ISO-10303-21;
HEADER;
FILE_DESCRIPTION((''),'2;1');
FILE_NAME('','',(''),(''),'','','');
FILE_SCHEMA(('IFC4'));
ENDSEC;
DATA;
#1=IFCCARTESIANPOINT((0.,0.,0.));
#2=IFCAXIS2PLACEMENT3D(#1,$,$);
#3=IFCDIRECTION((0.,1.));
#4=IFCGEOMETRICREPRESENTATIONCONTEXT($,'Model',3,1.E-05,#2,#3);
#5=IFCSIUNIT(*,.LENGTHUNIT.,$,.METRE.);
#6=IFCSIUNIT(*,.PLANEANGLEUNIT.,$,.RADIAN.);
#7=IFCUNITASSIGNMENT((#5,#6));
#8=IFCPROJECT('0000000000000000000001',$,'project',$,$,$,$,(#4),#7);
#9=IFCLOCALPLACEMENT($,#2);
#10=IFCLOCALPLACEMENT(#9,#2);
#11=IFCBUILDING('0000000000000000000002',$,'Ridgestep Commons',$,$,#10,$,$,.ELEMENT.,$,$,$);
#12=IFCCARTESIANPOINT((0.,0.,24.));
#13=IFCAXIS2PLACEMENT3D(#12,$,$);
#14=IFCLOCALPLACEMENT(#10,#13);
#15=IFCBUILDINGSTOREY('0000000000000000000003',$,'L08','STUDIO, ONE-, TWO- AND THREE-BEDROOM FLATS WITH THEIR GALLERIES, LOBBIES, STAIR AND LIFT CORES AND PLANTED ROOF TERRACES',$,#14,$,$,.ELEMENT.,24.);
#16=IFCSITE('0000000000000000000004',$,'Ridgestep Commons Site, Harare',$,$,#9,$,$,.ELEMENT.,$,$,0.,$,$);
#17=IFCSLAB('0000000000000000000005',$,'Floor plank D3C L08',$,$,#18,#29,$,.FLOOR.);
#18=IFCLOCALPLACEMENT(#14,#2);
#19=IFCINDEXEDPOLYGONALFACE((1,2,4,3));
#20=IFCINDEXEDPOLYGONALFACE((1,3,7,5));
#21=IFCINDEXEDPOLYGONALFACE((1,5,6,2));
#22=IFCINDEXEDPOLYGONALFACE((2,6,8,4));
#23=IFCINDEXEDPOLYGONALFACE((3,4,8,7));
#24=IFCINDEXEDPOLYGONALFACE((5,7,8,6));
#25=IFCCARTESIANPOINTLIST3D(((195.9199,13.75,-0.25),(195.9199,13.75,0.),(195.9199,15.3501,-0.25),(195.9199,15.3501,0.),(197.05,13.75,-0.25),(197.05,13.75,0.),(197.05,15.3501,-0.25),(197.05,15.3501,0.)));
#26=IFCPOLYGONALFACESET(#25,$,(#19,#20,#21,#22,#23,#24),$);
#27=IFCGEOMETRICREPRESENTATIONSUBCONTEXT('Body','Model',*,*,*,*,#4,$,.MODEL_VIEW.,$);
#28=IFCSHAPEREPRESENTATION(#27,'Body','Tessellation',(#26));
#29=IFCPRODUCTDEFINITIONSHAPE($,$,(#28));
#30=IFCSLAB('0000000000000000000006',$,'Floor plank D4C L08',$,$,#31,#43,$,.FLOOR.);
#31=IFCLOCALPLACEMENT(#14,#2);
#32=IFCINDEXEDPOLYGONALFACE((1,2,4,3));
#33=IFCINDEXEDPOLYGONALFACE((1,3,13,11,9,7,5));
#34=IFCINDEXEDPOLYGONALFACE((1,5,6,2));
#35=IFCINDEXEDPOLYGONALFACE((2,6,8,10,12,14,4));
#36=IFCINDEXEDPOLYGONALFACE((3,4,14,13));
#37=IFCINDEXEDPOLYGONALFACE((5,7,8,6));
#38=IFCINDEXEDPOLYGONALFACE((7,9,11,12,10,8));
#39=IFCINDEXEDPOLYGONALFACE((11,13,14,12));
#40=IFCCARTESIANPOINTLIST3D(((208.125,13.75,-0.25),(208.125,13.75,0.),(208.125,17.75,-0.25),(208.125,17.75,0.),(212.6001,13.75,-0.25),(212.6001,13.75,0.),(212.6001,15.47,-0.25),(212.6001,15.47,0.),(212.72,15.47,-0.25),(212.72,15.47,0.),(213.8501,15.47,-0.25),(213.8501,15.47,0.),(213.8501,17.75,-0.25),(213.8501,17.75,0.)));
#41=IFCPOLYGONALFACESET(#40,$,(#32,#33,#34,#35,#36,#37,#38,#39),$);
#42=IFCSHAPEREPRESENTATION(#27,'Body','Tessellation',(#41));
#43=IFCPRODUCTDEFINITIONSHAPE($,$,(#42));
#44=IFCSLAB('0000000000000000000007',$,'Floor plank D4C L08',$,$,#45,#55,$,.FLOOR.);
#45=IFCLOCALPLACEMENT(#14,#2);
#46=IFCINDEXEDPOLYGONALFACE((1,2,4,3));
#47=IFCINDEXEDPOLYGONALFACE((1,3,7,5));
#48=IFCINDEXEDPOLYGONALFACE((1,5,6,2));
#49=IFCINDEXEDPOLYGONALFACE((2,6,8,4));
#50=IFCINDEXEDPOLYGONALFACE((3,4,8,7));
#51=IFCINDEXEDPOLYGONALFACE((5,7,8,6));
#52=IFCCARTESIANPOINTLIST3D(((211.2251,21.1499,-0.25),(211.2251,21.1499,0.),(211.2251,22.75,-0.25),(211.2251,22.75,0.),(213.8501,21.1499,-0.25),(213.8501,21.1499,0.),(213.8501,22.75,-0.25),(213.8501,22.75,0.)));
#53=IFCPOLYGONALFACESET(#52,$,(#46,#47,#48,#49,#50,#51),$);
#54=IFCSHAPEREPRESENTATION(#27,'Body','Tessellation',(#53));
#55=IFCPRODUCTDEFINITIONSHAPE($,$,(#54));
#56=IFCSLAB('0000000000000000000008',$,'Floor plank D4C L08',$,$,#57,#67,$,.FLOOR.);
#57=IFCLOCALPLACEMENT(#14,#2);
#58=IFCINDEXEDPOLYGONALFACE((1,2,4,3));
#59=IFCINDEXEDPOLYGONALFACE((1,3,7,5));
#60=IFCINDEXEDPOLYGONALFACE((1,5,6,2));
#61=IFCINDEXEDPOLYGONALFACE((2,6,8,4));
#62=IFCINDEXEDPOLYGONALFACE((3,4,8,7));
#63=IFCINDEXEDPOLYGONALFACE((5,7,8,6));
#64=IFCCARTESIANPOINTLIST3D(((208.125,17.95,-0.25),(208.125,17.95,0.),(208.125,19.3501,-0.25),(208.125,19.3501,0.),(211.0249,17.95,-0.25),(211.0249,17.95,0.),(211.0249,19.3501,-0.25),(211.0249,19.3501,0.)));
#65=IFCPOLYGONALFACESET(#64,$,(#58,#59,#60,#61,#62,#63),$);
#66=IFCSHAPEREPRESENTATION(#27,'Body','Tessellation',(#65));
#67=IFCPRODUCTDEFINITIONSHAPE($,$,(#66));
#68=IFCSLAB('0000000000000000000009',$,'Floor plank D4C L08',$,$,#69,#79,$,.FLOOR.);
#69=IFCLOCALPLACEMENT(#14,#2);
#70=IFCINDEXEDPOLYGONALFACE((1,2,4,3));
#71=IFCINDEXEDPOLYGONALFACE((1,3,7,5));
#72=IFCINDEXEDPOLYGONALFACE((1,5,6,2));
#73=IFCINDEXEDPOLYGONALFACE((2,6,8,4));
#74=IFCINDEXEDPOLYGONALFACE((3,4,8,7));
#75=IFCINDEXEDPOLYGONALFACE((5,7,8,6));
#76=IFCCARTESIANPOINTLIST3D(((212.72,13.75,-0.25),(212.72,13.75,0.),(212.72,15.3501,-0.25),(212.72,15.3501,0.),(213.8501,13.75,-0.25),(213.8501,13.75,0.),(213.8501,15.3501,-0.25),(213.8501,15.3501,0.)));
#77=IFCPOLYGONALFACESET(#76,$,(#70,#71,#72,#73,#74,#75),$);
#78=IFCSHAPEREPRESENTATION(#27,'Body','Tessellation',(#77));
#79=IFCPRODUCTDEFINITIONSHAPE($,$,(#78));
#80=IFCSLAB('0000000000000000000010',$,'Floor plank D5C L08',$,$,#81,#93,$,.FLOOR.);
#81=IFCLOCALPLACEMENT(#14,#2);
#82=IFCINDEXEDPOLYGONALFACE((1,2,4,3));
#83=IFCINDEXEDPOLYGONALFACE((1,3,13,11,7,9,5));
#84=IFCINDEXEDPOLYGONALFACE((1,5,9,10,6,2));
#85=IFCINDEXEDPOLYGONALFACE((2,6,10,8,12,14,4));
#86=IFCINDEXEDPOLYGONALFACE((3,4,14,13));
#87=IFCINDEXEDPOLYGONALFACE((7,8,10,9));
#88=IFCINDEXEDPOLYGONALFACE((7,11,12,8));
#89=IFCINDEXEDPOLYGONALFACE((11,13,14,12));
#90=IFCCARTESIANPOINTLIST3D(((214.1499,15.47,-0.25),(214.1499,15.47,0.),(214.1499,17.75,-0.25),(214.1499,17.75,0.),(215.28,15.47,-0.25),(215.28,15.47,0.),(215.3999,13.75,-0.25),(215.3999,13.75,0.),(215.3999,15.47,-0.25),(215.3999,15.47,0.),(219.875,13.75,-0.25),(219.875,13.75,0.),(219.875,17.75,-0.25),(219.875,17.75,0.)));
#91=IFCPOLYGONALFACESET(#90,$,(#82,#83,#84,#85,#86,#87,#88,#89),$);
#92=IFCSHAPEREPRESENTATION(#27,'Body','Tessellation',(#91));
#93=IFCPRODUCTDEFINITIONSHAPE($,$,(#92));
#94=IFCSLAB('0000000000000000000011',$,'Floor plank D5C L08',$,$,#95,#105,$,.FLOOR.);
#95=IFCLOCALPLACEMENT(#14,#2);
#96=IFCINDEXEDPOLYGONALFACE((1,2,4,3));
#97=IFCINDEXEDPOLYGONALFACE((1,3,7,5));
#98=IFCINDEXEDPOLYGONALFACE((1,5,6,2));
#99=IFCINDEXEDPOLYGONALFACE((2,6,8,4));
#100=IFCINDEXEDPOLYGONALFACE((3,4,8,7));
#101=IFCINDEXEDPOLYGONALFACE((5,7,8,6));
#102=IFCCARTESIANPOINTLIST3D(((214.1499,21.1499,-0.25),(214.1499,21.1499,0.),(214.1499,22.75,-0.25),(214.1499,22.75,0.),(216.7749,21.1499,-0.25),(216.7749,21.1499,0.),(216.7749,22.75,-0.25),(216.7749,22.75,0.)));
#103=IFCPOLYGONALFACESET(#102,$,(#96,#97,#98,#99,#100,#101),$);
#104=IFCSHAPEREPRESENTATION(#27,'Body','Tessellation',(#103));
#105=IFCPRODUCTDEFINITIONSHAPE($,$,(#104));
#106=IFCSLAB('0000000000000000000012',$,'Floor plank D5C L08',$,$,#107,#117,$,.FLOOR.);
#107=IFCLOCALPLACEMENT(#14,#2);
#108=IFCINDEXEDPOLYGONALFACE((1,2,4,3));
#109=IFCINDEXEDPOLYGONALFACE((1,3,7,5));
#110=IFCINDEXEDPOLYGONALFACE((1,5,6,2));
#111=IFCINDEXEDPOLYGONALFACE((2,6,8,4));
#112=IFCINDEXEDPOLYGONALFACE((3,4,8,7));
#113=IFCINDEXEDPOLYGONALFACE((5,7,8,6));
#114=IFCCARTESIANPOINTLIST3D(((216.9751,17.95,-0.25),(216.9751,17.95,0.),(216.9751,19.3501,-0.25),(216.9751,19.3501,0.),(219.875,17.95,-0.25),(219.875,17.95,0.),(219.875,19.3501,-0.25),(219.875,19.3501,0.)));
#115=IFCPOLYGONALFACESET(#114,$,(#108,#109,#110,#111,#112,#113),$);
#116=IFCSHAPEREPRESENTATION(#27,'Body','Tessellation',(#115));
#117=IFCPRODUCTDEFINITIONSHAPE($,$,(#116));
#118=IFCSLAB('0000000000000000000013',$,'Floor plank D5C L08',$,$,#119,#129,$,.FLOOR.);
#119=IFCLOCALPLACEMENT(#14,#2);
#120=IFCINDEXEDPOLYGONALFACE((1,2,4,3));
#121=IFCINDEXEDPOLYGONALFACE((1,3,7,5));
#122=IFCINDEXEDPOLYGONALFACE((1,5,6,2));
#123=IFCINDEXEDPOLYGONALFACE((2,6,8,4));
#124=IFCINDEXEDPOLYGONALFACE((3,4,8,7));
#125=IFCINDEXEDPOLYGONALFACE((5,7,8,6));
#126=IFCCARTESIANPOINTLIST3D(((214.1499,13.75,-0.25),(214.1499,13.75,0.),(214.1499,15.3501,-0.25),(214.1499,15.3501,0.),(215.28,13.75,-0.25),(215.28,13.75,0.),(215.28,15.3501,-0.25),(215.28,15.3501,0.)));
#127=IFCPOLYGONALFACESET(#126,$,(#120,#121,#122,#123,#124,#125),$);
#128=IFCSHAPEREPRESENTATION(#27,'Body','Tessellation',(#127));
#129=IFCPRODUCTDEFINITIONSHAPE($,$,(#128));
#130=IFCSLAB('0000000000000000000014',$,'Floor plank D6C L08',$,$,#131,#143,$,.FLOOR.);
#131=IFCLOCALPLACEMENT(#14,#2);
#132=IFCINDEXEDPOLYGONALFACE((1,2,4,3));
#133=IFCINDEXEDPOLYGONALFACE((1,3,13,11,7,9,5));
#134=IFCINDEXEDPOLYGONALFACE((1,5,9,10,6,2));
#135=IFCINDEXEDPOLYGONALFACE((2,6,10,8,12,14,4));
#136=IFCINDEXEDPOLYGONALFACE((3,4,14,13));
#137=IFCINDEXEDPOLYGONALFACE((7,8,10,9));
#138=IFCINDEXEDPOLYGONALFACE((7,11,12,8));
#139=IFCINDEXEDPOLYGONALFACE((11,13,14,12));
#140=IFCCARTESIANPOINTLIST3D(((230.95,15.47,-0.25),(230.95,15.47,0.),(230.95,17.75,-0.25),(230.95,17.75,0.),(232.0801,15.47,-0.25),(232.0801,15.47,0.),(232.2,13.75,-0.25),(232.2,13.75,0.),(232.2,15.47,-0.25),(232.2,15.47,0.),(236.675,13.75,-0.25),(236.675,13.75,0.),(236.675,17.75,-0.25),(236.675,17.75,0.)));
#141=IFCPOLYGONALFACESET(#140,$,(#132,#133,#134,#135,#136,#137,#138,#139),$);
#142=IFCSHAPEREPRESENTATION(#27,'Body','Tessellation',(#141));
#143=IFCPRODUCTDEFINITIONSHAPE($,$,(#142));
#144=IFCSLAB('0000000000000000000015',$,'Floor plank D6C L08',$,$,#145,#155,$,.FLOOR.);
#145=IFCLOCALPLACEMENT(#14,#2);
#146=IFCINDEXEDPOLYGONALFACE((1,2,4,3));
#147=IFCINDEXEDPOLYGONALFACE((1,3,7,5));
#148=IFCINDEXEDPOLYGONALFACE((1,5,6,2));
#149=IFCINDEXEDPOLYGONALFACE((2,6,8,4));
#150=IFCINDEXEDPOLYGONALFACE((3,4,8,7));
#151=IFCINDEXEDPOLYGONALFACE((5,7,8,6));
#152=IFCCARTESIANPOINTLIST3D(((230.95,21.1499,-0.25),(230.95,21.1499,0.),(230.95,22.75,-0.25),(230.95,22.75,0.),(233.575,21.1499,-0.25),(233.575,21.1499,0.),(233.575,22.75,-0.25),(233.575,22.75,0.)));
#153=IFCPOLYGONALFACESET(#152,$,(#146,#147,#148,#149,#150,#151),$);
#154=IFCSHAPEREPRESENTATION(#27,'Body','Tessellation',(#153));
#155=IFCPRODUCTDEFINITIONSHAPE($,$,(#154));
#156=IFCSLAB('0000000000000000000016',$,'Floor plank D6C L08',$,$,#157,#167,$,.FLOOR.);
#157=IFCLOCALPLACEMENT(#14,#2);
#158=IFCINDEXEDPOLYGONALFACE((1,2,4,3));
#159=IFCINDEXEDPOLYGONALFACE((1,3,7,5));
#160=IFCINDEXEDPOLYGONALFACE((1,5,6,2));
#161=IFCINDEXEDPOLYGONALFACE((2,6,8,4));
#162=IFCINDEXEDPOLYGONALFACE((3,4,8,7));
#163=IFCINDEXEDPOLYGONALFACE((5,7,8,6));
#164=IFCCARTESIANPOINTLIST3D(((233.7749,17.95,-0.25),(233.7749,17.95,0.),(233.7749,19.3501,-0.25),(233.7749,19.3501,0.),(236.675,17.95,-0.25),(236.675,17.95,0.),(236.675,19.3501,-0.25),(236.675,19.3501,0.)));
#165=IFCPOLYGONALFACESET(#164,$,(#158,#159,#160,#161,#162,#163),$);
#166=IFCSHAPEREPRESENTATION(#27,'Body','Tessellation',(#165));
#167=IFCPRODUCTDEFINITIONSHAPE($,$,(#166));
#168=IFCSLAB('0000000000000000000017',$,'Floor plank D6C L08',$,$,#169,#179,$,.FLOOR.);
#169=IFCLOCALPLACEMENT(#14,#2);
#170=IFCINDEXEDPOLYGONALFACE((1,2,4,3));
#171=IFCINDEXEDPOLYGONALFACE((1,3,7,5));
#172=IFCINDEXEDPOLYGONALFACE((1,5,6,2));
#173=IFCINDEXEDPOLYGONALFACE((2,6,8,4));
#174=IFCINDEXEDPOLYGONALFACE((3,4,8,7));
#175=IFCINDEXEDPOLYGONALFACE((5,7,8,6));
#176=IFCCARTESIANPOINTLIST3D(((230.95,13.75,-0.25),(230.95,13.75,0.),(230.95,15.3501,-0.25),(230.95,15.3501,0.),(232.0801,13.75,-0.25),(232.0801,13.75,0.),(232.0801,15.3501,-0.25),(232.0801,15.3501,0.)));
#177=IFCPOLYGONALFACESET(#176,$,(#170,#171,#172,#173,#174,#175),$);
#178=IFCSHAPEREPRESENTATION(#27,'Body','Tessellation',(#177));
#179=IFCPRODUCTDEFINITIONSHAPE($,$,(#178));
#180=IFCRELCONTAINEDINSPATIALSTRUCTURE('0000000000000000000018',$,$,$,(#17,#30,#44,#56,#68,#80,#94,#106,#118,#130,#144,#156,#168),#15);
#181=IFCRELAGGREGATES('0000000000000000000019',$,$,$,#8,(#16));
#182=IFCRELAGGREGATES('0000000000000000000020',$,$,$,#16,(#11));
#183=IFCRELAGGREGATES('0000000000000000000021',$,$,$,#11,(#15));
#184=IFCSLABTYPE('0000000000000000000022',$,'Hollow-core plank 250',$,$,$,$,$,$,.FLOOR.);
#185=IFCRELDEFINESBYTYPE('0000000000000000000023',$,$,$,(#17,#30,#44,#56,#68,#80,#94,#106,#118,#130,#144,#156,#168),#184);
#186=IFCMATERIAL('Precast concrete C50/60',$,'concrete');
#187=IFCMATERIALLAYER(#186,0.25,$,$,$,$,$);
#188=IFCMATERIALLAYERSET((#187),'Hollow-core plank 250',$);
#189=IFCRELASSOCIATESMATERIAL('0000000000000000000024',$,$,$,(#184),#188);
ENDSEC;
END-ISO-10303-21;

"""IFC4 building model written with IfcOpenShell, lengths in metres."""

from ifc_helpers import new_model, si_unit, direction, frame, origin, place, context, subcontext, project, spatial, polyline, outline, extrude, material, layer, layer_set, type_object, element, save


model = new_model("IFC4")

# Units and contexts
model_context = context("Model", 3, precision=1e-05, world=origin(), true_north=direction((0.0, 1.0)))
body_context = subcontext(model_context, "Body", "Model", "MODEL_VIEW")
ifc_project = project(units=[si_unit("LENGTHUNIT", "METRE"), si_unit("PLANEANGLEUNIT", "RADIAN")], contexts=[model_context])

# Site, building, storey
site_placement = place(None, origin())
site = spatial("IfcSite", under=ifc_project, at=site_placement, Name="Ridgestep Commons Site, Harare", CompositionType="ELEMENT", RefElevation=0.0)
building_placement = place(site_placement, origin())
building = spatial("IfcBuilding", under=site, at=building_placement, Name="Ridgestep Commons", CompositionType="ELEMENT")
storey_placement = place(building_placement, frame((0.0, 0.0, 24.0)))
storey = spatial("IfcBuildingStorey", under=building, at=storey_placement, Name="L08", Description="STUDIO, ONE-, TWO- AND THREE-BEDROOM FLATS WITH THEIR GALLERIES, LOBBIES, STAIR AND LIFT CORES AND PLANTED ROOF TERRACES", CompositionType="ELEMENT", Elevation=24.0)

# Slabs
ifc_material_1 = material(Name="Precast concrete C50/60", Category="concrete")
ifc_layer_1 = layer(ifc_material_1, 0.25)
ifc_layer_set_1 = layer_set([ifc_layer_1], Name="Hollow-core plank 250")
slab_type_1 = type_object("IfcSlabType", Name="Hollow-core plank 250", PredefinedType="FLOOR", material=ifc_layer_set_1)
slab_1_placement = place(storey_placement, frame((0.0, 0.0, -0.25)))
element("IfcSlab", 1, at=slab_1_placement, inside=storey, type_object=slab_type_1, Name="Floor plank D3C L08", PredefinedType="FLOOR", context=body_context, shape_type="SweptSolid", body=[
    extrude(outline(polyline([(195.9199, 13.75), (197.05, 13.75), (197.05, 15.3501), (195.9199, 15.3501), (195.9199, 13.75)])), origin(), (0.0, 0.0, 1.0), 0.25),
])
slab_2_placement = place(storey_placement, frame((0.0, 0.0, -0.25)))
element("IfcSlab", 2, at=slab_2_placement, inside=storey, type_object=slab_type_1, Name="Floor plank D4C L08", PredefinedType="FLOOR", context=body_context, shape_type="SweptSolid", body=[
    extrude(outline(polyline([(212.72, 15.47), (213.8501, 15.47), (213.8501, 17.75), (208.125, 17.75), (208.125, 13.75), (212.6001, 13.75), (212.6001, 15.47), (212.72, 15.47)])), origin(), (0.0, 0.0, 1.0), 0.25),
])
slab_3_placement = place(storey_placement, frame((0.0, 0.0, -0.25)))
element("IfcSlab", 3, at=slab_3_placement, inside=storey, type_object=slab_type_1, Name="Floor plank D4C L08", PredefinedType="FLOOR", context=body_context, shape_type="SweptSolid", body=[
    extrude(outline(polyline([(213.8501, 21.1499), (213.8501, 22.75), (211.2251, 22.75), (211.2251, 21.1499), (213.8501, 21.1499)])), origin(), (0.0, 0.0, 1.0), 0.25),
])
slab_4_placement = place(storey_placement, frame((0.0, 0.0, -0.25)))
element("IfcSlab", 4, at=slab_4_placement, inside=storey, type_object=slab_type_1, Name="Floor plank D4C L08", PredefinedType="FLOOR", context=body_context, shape_type="SweptSolid", body=[
    extrude(outline(polyline([(211.0249, 17.95), (211.0249, 19.3501), (208.125, 19.3501), (208.125, 17.95), (211.0249, 17.95)])), origin(), (0.0, 0.0, 1.0), 0.25),
])
slab_5_placement = place(storey_placement, frame((0.0, 0.0, -0.25)))
element("IfcSlab", 5, at=slab_5_placement, inside=storey, type_object=slab_type_1, Name="Floor plank D4C L08", PredefinedType="FLOOR", context=body_context, shape_type="SweptSolid", body=[
    extrude(outline(polyline([(212.72, 13.75), (213.8501, 13.75), (213.8501, 15.3501), (212.72, 15.3501), (212.72, 13.75)])), origin(), (0.0, 0.0, 1.0), 0.25),
])
slab_6_placement = place(storey_placement, frame((0.0, 0.0, -0.25)))
element("IfcSlab", 6, at=slab_6_placement, inside=storey, type_object=slab_type_1, Name="Floor plank D5C L08", PredefinedType="FLOOR", context=body_context, shape_type="SweptSolid", body=[
    extrude(outline(polyline([(215.3999, 13.75), (219.875, 13.75), (219.875, 17.75), (214.1499, 17.75), (214.1499, 15.47), (215.28, 15.47), (215.3999, 15.47), (215.3999, 13.75)])), origin(), (0.0, 0.0, 1.0), 0.25),
])
slab_7_placement = place(storey_placement, frame((0.0, 0.0, -0.25)))
element("IfcSlab", 7, at=slab_7_placement, inside=storey, type_object=slab_type_1, Name="Floor plank D5C L08", PredefinedType="FLOOR", context=body_context, shape_type="SweptSolid", body=[
    extrude(outline(polyline([(216.7749, 22.75), (214.1499, 22.75), (214.1499, 21.1499), (216.7749, 21.1499), (216.7749, 22.75)])), origin(), (0.0, 0.0, 1.0), 0.25),
])
slab_8_placement = place(storey_placement, frame((0.0, 0.0, -0.25)))
element("IfcSlab", 8, at=slab_8_placement, inside=storey, type_object=slab_type_1, Name="Floor plank D5C L08", PredefinedType="FLOOR", context=body_context, shape_type="SweptSolid", body=[
    extrude(outline(polyline([(219.875, 17.95), (219.875, 19.3501), (216.9751, 19.3501), (216.9751, 17.95), (219.875, 17.95)])), origin(), (0.0, 0.0, 1.0), 0.25),
])
slab_9_placement = place(storey_placement, frame((0.0, 0.0, -0.25)))
element("IfcSlab", 9, at=slab_9_placement, inside=storey, type_object=slab_type_1, Name="Floor plank D5C L08", PredefinedType="FLOOR", context=body_context, shape_type="SweptSolid", body=[
    extrude(outline(polyline([(215.28, 15.3501), (214.1499, 15.3501), (214.1499, 13.75), (215.28, 13.75), (215.28, 15.3501)])), origin(), (0.0, 0.0, 1.0), 0.25),
])
slab_10_placement = place(storey_placement, frame((0.0, 0.0, -0.25)))
element("IfcSlab", 10, at=slab_10_placement, inside=storey, type_object=slab_type_1, Name="Floor plank D6C L08", PredefinedType="FLOOR", context=body_context, shape_type="SweptSolid", body=[
    extrude(outline(polyline([(232.2, 13.75), (236.675, 13.75), (236.675, 17.75), (230.95, 17.75), (230.95, 15.47), (232.0801, 15.47), (232.2, 15.47), (232.2, 13.75)])), origin(), (0.0, 0.0, 1.0), 0.25),
])
slab_11_placement = place(storey_placement, frame((0.0, 0.0, -0.25)))
element("IfcSlab", 11, at=slab_11_placement, inside=storey, type_object=slab_type_1, Name="Floor plank D6C L08", PredefinedType="FLOOR", context=body_context, shape_type="SweptSolid", body=[
    extrude(outline(polyline([(233.575, 22.75), (230.95, 22.75), (230.95, 21.1499), (233.575, 21.1499), (233.575, 22.75)])), origin(), (0.0, 0.0, 1.0), 0.25),
])
slab_12_placement = place(storey_placement, frame((0.0, 0.0, -0.25)))
element("IfcSlab", 12, at=slab_12_placement, inside=storey, type_object=slab_type_1, Name="Floor plank D6C L08", PredefinedType="FLOOR", context=body_context, shape_type="SweptSolid", body=[
    extrude(outline(polyline([(236.675, 17.95), (236.675, 19.3501), (233.7749, 19.3501), (233.7749, 17.95), (236.675, 17.95)])), origin(), (0.0, 0.0, 1.0), 0.25),
])
slab_13_placement = place(storey_placement, frame((0.0, 0.0, -0.25)))
element("IfcSlab", 13, at=slab_13_placement, inside=storey, type_object=slab_type_1, Name="Floor plank D6C L08", PredefinedType="FLOOR", context=body_context, shape_type="SweptSolid", body=[
    extrude(outline(polyline([(232.0801, 15.3501), (230.95, 15.3501), (230.95, 13.75), (232.0801, 13.75), (232.0801, 15.3501)])), origin(), (0.0, 0.0, 1.0), 0.25),
])

save(model, "model.ifc")
